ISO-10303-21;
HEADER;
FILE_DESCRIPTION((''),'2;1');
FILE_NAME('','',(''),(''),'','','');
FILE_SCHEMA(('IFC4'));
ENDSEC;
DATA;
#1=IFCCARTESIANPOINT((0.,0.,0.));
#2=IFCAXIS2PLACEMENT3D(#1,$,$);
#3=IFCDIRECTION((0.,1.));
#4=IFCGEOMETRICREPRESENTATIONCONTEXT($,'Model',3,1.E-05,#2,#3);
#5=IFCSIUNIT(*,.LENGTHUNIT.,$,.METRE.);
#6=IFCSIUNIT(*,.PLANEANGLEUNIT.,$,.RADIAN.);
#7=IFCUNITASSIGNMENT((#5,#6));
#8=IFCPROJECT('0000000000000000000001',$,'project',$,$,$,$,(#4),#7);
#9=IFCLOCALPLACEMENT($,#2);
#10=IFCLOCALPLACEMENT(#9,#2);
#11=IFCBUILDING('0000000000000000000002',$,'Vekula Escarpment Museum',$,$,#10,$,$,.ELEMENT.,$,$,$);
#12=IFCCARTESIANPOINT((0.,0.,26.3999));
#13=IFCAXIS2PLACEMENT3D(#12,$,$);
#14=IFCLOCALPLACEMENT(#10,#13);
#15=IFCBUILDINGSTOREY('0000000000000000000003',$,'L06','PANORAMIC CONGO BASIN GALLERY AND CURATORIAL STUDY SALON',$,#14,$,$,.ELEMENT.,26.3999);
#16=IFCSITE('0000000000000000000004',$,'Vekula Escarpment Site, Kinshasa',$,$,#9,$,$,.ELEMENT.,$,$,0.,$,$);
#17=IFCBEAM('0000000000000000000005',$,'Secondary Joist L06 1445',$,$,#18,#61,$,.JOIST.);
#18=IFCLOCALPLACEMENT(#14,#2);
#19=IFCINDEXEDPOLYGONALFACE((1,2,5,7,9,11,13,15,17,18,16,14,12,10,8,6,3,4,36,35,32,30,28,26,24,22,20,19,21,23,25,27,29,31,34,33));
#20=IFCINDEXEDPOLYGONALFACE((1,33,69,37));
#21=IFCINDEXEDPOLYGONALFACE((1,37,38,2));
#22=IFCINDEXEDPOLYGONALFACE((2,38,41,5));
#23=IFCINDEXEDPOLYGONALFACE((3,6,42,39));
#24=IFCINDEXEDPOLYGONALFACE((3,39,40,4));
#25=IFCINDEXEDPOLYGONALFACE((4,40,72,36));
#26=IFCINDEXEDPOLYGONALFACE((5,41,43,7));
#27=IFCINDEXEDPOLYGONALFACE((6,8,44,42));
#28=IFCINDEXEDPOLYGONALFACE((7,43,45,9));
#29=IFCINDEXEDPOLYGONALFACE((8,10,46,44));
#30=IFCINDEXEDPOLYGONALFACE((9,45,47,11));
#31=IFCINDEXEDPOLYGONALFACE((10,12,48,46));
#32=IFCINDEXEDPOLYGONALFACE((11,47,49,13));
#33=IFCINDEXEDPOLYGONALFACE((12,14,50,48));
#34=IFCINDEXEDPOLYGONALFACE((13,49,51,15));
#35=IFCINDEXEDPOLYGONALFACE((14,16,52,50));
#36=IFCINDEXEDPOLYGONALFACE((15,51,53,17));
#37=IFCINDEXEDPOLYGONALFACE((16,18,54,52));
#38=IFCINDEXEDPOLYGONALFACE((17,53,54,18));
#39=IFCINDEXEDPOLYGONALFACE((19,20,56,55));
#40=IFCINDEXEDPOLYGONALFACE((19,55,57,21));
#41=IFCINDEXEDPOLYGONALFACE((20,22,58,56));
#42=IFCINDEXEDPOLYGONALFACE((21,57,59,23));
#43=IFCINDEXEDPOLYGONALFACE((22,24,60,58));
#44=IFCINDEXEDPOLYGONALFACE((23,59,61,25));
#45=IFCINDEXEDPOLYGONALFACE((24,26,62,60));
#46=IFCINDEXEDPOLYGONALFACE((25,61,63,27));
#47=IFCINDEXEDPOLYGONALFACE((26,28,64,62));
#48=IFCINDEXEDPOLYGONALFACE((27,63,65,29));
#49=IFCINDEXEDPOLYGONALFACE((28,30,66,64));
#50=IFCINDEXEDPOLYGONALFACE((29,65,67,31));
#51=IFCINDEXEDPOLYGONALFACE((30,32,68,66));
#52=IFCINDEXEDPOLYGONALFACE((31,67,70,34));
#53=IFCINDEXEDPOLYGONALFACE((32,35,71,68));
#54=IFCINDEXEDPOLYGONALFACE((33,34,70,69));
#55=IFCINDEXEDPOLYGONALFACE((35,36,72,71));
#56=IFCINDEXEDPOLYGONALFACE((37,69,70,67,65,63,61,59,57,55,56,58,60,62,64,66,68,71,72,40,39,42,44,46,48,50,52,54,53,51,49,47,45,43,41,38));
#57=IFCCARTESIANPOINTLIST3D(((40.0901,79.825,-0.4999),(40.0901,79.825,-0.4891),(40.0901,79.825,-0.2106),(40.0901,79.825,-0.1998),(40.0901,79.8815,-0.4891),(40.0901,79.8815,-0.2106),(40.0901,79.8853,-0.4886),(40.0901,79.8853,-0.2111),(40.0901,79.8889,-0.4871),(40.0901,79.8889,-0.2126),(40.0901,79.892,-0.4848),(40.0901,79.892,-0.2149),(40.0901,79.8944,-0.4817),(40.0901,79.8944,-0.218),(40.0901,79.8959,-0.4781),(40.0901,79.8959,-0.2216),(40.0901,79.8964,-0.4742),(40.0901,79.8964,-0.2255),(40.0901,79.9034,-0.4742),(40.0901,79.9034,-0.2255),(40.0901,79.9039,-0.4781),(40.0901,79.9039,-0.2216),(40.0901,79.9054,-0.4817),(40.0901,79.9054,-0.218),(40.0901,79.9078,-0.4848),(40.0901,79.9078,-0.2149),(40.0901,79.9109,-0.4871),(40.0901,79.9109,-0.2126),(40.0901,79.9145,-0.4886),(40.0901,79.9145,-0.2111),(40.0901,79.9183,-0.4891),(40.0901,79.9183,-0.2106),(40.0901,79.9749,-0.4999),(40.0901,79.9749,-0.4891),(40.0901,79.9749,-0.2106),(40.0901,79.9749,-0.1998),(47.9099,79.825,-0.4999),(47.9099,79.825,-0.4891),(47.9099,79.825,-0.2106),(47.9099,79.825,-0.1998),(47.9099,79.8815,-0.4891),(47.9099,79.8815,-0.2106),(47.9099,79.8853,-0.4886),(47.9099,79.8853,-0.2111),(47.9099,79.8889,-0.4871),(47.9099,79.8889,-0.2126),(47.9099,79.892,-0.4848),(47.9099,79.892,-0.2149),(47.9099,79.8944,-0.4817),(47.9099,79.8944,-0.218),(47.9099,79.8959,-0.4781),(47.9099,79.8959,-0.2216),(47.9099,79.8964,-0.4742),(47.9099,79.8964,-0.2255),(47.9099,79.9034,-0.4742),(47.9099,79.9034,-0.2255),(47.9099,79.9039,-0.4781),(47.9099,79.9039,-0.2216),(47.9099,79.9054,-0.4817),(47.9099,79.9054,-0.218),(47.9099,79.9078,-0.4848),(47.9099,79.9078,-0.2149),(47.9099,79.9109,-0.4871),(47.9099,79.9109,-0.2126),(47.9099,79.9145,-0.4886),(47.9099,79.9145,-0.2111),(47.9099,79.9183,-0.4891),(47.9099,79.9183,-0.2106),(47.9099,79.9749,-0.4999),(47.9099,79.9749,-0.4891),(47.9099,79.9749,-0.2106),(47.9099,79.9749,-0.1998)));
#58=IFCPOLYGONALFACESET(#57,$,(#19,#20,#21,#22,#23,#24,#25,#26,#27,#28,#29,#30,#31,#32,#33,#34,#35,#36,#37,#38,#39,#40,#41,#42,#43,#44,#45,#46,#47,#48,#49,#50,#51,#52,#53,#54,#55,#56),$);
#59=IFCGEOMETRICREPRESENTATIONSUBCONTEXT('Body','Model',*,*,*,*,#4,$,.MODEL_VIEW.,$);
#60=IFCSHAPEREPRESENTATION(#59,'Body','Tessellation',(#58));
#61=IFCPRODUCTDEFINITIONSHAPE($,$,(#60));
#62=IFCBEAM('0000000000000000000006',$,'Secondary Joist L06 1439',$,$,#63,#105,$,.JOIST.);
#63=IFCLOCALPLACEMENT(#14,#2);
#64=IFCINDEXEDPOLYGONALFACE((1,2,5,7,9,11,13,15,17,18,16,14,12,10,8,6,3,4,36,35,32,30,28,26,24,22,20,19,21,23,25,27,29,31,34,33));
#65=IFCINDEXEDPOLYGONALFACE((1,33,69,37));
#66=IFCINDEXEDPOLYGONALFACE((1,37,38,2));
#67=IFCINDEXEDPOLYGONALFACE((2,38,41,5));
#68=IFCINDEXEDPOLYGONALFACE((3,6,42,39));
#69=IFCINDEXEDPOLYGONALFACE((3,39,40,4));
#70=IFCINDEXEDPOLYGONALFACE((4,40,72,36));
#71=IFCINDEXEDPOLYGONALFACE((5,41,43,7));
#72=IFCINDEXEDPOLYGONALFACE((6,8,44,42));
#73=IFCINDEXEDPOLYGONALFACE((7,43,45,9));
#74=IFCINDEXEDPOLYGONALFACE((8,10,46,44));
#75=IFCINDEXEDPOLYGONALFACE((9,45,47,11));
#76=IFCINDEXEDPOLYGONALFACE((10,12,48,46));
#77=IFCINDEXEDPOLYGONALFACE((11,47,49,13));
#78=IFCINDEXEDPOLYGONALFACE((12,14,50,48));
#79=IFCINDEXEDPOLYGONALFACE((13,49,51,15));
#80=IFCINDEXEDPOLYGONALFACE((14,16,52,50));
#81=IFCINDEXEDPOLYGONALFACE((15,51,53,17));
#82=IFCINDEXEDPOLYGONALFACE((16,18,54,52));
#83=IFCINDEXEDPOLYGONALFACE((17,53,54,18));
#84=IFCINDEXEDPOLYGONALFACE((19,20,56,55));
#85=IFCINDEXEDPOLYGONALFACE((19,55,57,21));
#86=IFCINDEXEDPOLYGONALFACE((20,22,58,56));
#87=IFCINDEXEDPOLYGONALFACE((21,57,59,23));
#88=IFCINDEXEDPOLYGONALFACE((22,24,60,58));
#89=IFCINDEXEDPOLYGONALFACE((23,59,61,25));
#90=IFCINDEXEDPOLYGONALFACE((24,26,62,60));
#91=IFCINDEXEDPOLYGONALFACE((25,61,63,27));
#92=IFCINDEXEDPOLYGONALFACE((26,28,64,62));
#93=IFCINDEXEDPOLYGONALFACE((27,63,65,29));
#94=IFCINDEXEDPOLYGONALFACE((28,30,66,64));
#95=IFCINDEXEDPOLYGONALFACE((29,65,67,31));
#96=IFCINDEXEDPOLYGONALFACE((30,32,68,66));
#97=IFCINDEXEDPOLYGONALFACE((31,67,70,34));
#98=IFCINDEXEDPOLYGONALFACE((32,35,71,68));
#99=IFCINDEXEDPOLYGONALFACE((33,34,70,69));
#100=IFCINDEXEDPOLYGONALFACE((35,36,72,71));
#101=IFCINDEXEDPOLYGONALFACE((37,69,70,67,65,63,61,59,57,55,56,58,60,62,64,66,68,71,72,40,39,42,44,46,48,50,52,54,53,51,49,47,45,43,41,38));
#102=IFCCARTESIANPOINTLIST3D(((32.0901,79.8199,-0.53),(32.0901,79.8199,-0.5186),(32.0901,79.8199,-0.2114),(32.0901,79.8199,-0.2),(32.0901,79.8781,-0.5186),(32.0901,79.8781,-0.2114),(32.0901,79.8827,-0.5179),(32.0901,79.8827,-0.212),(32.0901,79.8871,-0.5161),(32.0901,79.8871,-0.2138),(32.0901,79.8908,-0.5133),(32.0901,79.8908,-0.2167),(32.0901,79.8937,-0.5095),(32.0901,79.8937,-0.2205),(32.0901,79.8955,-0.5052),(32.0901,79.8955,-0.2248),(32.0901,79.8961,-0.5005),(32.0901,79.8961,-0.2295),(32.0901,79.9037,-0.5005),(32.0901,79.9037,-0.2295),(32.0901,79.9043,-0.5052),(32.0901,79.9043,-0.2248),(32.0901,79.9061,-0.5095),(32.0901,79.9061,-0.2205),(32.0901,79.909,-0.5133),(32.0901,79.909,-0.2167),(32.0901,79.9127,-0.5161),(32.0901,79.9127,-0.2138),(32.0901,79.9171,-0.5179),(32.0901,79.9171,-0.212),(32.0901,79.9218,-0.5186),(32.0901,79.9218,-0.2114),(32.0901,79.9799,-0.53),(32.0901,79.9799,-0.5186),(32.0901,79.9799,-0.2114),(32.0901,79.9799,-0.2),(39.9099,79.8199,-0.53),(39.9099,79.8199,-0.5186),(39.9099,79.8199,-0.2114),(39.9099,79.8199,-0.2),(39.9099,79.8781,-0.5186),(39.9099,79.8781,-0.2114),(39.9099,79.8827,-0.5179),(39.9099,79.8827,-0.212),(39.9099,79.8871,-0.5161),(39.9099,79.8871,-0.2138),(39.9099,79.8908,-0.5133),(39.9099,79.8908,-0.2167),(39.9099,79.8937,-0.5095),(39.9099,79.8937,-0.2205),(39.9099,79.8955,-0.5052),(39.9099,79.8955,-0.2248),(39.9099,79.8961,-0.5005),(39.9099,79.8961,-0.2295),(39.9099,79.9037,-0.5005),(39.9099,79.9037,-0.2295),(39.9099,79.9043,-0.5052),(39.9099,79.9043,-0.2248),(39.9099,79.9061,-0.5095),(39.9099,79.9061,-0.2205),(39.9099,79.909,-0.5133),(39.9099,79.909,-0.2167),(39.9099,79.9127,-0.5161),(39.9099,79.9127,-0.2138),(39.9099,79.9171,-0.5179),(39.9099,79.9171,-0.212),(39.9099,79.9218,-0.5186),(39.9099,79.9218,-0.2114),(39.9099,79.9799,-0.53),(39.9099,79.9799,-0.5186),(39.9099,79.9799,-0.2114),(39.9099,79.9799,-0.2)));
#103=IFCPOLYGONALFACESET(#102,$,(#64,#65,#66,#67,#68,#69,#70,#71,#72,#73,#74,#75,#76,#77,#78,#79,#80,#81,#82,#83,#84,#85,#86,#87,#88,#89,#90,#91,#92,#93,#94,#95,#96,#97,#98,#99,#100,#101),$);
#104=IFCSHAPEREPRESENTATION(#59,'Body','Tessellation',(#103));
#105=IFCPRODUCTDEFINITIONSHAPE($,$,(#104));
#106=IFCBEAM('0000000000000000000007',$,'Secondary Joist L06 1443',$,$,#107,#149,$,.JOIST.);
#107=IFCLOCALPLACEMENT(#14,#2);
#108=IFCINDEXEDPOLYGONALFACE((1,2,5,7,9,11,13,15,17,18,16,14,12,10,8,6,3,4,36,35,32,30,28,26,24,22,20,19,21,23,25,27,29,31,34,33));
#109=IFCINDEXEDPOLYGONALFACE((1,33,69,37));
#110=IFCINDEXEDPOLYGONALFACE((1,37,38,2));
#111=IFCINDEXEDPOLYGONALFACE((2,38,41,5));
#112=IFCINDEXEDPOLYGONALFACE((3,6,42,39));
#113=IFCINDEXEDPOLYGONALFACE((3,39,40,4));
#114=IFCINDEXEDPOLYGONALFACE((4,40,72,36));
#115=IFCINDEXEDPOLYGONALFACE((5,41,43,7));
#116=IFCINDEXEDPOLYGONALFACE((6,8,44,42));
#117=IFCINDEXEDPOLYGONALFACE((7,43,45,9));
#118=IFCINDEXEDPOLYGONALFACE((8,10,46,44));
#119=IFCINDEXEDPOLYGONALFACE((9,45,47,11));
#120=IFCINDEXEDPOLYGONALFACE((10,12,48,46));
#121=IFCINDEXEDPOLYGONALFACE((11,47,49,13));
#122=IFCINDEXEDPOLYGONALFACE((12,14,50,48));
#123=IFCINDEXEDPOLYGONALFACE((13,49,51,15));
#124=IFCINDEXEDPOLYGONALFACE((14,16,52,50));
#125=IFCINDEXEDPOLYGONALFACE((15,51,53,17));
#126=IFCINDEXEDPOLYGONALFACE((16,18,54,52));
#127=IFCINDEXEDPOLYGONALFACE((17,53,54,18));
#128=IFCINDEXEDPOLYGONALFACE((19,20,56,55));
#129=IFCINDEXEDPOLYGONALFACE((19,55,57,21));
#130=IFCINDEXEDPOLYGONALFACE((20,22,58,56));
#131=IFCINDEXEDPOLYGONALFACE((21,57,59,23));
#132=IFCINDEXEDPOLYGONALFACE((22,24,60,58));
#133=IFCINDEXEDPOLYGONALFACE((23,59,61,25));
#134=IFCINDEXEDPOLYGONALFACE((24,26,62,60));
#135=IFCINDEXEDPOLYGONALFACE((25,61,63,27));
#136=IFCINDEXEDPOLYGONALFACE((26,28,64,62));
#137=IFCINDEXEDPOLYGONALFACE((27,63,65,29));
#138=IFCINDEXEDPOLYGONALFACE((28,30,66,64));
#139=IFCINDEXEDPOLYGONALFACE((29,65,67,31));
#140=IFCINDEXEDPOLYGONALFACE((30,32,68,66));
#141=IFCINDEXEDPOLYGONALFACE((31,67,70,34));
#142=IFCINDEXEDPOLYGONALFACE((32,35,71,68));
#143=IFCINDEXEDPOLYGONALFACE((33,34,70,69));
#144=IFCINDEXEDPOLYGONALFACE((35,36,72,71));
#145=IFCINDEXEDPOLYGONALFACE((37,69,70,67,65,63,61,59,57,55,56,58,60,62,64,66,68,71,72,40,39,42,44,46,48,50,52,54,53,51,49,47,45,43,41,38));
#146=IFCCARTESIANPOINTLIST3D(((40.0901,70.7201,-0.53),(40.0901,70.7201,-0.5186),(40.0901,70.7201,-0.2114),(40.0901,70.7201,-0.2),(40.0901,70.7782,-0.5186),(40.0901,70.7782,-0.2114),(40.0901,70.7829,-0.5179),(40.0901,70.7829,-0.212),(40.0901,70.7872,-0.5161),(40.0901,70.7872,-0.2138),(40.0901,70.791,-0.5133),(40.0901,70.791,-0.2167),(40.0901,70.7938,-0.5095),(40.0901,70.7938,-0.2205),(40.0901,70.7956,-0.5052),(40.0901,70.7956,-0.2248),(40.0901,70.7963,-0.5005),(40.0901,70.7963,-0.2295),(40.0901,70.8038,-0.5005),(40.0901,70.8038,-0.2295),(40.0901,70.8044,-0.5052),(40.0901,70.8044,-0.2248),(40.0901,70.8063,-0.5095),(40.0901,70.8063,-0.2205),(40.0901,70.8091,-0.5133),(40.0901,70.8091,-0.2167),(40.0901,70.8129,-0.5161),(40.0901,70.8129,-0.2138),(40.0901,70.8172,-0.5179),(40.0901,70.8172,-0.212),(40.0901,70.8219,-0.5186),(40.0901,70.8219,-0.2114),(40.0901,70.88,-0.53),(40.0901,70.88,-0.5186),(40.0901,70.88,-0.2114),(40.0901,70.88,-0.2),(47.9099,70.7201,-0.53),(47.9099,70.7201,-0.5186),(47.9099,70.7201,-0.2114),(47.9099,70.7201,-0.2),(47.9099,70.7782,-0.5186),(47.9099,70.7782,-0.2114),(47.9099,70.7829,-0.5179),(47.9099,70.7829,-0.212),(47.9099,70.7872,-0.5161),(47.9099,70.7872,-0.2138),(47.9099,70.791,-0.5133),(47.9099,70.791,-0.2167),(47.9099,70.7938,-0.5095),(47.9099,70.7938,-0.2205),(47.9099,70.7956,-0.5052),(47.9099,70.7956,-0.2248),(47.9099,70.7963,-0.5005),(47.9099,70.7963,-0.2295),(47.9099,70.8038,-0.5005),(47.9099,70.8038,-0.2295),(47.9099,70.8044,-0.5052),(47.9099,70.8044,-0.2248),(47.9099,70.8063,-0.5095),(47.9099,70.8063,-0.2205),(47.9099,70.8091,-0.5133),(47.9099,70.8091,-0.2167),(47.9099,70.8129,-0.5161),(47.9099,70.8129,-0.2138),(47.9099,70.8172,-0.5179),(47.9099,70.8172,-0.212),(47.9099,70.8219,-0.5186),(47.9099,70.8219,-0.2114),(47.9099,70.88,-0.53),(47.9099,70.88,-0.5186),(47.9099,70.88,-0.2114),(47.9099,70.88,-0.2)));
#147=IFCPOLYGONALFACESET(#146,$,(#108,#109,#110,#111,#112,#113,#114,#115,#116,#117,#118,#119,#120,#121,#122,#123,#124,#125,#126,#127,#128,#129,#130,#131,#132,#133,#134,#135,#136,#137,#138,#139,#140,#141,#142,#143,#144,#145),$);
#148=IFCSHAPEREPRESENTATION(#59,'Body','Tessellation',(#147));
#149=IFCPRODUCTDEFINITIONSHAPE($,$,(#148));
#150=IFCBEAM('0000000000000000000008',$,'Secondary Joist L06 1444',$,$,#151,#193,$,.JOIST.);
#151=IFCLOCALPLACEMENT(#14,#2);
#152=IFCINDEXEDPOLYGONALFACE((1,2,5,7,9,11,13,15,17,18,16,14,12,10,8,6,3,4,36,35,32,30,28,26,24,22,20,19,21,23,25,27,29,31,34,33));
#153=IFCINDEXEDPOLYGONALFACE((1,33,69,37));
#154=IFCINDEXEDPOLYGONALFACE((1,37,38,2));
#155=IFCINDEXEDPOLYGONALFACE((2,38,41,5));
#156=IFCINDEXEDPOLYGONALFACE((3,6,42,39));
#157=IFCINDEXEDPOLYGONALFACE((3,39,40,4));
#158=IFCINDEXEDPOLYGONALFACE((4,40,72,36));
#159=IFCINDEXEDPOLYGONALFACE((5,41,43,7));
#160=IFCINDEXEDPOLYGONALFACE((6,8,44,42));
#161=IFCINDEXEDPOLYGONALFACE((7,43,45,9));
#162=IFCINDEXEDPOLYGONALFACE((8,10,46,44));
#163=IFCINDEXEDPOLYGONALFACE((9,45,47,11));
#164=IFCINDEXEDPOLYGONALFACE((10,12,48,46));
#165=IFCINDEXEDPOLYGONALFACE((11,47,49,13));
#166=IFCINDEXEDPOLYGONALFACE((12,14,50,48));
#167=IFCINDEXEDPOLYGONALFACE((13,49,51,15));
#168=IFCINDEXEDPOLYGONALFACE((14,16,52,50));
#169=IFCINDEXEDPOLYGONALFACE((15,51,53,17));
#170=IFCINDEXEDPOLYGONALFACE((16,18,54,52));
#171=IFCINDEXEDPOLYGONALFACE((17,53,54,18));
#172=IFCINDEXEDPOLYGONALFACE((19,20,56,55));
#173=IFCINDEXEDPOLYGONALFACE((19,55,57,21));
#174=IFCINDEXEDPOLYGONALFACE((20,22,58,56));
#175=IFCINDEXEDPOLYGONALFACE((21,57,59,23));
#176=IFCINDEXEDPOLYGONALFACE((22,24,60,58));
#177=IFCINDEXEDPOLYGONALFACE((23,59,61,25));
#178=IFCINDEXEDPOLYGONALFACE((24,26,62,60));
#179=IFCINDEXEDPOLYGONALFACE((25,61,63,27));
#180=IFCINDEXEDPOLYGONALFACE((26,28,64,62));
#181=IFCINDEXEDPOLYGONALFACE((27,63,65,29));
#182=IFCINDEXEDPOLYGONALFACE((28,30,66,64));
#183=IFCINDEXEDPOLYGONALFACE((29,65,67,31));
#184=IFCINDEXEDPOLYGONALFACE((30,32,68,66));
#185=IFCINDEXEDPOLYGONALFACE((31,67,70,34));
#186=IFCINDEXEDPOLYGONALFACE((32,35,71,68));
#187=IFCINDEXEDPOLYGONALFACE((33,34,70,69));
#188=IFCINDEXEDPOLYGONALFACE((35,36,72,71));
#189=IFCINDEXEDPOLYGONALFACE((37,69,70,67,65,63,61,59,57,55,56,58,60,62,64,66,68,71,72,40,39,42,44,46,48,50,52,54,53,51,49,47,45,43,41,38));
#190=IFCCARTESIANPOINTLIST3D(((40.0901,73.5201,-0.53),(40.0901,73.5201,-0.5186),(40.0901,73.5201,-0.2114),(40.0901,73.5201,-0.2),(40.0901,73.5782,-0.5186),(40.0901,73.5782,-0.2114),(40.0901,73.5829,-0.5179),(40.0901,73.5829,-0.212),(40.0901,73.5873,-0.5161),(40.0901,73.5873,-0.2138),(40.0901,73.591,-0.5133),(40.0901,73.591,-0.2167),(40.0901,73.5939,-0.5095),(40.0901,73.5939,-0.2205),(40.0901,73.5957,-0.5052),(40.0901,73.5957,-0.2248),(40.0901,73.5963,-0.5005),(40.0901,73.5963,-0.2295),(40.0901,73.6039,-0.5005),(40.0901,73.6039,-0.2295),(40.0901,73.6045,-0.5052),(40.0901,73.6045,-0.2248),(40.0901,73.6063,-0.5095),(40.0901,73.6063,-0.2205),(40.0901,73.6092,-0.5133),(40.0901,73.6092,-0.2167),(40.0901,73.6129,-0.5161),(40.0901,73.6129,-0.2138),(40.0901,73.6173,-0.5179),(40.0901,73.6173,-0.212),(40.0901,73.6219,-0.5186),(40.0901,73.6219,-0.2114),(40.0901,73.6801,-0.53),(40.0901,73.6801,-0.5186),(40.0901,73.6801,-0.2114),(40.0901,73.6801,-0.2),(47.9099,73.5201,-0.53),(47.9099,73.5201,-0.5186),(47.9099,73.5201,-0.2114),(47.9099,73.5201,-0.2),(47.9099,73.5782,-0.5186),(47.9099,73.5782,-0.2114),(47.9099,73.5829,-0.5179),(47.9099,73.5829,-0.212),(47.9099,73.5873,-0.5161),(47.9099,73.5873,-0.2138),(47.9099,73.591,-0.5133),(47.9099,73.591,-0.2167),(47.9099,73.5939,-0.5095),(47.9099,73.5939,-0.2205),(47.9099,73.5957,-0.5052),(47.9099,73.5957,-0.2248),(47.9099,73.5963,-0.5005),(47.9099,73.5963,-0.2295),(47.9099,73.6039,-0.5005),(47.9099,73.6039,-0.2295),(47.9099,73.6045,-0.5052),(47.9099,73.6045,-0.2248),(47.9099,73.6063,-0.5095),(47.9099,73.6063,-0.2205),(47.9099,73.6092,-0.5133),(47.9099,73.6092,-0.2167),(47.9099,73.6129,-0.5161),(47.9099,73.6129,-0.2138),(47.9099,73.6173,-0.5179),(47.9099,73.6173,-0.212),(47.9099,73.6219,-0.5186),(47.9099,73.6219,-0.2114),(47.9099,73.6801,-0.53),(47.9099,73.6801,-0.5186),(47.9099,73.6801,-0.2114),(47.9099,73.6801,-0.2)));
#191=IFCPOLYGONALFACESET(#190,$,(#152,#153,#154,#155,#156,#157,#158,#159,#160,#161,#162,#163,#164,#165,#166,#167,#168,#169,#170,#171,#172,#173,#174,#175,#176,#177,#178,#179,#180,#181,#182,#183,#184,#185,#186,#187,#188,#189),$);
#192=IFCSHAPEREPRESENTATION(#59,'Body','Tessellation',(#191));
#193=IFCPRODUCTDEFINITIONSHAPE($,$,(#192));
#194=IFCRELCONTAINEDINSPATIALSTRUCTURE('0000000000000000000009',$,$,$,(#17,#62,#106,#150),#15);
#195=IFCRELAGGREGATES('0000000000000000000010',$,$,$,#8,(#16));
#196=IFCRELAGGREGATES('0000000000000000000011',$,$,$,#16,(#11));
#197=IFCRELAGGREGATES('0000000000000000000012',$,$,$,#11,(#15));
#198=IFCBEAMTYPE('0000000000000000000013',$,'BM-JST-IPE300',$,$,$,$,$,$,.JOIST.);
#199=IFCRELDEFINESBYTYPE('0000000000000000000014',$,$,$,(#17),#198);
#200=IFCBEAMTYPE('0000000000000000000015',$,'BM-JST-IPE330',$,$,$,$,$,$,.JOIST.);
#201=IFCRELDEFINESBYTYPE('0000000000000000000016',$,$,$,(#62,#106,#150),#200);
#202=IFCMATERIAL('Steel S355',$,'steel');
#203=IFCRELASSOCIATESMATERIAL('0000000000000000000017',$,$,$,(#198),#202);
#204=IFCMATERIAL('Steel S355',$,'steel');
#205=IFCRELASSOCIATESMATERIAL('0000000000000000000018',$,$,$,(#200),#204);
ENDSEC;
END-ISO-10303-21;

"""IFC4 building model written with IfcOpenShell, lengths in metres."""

from ifc_helpers import new_model, si_unit, direction, frame, origin, origin_2d, place, context, subcontext, project, spatial, i_section, extrude, material, material_profile, profile_set, type_object, element, save


model = new_model("IFC4")

# Units and contexts
model_context = context("Model", 3, precision=1e-05, world=origin(), true_north=direction((0.0, 1.0)))
body_context = subcontext(model_context, "Body", "Model", "MODEL_VIEW")
ifc_project = project(units=[si_unit("LENGTHUNIT", "METRE"), si_unit("PLANEANGLEUNIT", "RADIAN")], contexts=[model_context])

# Site, building, storey
site_placement = place(None, origin())
site = spatial("IfcSite", under=ifc_project, at=site_placement, Name="Vekula Escarpment Site, Kinshasa", CompositionType="ELEMENT", RefElevation=0.0)
building_placement = place(site_placement, origin())
building = spatial("IfcBuilding", under=site, at=building_placement, Name="Vekula Escarpment Museum", CompositionType="ELEMENT")
storey_placement = place(building_placement, frame((0.0, 0.0, 26.3999)))
storey = spatial("IfcBuildingStorey", under=building, at=storey_placement, Name="L06", Description="PANORAMIC CONGO BASIN GALLERY AND CURATORIAL STUDY SALON", CompositionType="ELEMENT", Elevation=26.3999)

# Beams
ifc_material_1 = material(Name="Steel S355", Category="steel")
ifc_material_profile_1 = material_profile(ifc_material_1, i_section(OverallWidth=0.1499, OverallDepth=0.3, WebThickness=0.0071, FlangeThickness=0.0107, FilletRadius=0.0149, at=origin_2d()), Name="IPE 300")
ifc_profile_set_1 = profile_set([ifc_material_profile_1], Name="Steel S355")
beam_type_1 = type_object("IfcBeamType", Name="BM-JST-IPE300", PredefinedType="JOIST", material=ifc_profile_set_1)
beam_1_placement = place(storey_placement, frame((40.0901, 79.8999, -0.3499), z_axis=(1.0, 0.0, 0.0), x_axis=(0.0, 1.0, 0.0)))
element("IfcBeam", 1, at=beam_1_placement, inside=storey, type_object=beam_type_1, Name="Secondary Joist L06 1445", PredefinedType="JOIST", context=body_context, shape_type="SweptSolid", body=[
    extrude(i_section(OverallWidth=0.1499, OverallDepth=0.3, WebThickness=0.0071, FlangeThickness=0.0107, FilletRadius=0.0149, at=origin_2d()), origin(), (0.0, 0.0, 1.0), 7.8198),
])
ifc_material_2 = material(Name="Steel S355", Category="steel")
ifc_material_profile_2 = material_profile(ifc_material_2, i_section(OverallWidth=0.1599, OverallDepth=0.3301, WebThickness=0.0076, FlangeThickness=0.0115, FilletRadius=0.0181, at=origin_2d()), Name="IPE 330")
ifc_profile_set_2 = profile_set([ifc_material_profile_2], Name="Steel S355")
beam_type_2 = type_object("IfcBeamType", Name="BM-JST-IPE330", PredefinedType="JOIST", material=ifc_profile_set_2)
for number, where, z_axis, x_axis, name in (
    (2, (32.0901, 79.8999, -0.365), (1.0, 0.0, 0.0), (0.0, 1.0, 0.0), "Secondary Joist L06 1439"),
    (3, (40.0901, 70.8, -0.365), (1.0, 0.0, 0.0), (0.0, 1.0, 0.0), "Secondary Joist L06 1443"),
    (4, (40.0901, 73.6001, -0.365), (1.0, 0.0, 0.0), (0.0, 1.0, 0.0), "Secondary Joist L06 1444"),
):
    element("IfcBeam", number, at=place(storey_placement, frame(where, z_axis=z_axis, x_axis=x_axis)), inside=storey, type_object=beam_type_2, Name=name, PredefinedType="JOIST", context=body_context, shape_type="SweptSolid", body=[
        extrude(i_section(OverallWidth=0.1599, OverallDepth=0.3301, WebThickness=0.0076, FlangeThickness=0.0115, FilletRadius=0.0181, at=origin_2d()), origin(), (0.0, 0.0, 1.0), 7.8198),
    ])

save(model, "model.ifc")
